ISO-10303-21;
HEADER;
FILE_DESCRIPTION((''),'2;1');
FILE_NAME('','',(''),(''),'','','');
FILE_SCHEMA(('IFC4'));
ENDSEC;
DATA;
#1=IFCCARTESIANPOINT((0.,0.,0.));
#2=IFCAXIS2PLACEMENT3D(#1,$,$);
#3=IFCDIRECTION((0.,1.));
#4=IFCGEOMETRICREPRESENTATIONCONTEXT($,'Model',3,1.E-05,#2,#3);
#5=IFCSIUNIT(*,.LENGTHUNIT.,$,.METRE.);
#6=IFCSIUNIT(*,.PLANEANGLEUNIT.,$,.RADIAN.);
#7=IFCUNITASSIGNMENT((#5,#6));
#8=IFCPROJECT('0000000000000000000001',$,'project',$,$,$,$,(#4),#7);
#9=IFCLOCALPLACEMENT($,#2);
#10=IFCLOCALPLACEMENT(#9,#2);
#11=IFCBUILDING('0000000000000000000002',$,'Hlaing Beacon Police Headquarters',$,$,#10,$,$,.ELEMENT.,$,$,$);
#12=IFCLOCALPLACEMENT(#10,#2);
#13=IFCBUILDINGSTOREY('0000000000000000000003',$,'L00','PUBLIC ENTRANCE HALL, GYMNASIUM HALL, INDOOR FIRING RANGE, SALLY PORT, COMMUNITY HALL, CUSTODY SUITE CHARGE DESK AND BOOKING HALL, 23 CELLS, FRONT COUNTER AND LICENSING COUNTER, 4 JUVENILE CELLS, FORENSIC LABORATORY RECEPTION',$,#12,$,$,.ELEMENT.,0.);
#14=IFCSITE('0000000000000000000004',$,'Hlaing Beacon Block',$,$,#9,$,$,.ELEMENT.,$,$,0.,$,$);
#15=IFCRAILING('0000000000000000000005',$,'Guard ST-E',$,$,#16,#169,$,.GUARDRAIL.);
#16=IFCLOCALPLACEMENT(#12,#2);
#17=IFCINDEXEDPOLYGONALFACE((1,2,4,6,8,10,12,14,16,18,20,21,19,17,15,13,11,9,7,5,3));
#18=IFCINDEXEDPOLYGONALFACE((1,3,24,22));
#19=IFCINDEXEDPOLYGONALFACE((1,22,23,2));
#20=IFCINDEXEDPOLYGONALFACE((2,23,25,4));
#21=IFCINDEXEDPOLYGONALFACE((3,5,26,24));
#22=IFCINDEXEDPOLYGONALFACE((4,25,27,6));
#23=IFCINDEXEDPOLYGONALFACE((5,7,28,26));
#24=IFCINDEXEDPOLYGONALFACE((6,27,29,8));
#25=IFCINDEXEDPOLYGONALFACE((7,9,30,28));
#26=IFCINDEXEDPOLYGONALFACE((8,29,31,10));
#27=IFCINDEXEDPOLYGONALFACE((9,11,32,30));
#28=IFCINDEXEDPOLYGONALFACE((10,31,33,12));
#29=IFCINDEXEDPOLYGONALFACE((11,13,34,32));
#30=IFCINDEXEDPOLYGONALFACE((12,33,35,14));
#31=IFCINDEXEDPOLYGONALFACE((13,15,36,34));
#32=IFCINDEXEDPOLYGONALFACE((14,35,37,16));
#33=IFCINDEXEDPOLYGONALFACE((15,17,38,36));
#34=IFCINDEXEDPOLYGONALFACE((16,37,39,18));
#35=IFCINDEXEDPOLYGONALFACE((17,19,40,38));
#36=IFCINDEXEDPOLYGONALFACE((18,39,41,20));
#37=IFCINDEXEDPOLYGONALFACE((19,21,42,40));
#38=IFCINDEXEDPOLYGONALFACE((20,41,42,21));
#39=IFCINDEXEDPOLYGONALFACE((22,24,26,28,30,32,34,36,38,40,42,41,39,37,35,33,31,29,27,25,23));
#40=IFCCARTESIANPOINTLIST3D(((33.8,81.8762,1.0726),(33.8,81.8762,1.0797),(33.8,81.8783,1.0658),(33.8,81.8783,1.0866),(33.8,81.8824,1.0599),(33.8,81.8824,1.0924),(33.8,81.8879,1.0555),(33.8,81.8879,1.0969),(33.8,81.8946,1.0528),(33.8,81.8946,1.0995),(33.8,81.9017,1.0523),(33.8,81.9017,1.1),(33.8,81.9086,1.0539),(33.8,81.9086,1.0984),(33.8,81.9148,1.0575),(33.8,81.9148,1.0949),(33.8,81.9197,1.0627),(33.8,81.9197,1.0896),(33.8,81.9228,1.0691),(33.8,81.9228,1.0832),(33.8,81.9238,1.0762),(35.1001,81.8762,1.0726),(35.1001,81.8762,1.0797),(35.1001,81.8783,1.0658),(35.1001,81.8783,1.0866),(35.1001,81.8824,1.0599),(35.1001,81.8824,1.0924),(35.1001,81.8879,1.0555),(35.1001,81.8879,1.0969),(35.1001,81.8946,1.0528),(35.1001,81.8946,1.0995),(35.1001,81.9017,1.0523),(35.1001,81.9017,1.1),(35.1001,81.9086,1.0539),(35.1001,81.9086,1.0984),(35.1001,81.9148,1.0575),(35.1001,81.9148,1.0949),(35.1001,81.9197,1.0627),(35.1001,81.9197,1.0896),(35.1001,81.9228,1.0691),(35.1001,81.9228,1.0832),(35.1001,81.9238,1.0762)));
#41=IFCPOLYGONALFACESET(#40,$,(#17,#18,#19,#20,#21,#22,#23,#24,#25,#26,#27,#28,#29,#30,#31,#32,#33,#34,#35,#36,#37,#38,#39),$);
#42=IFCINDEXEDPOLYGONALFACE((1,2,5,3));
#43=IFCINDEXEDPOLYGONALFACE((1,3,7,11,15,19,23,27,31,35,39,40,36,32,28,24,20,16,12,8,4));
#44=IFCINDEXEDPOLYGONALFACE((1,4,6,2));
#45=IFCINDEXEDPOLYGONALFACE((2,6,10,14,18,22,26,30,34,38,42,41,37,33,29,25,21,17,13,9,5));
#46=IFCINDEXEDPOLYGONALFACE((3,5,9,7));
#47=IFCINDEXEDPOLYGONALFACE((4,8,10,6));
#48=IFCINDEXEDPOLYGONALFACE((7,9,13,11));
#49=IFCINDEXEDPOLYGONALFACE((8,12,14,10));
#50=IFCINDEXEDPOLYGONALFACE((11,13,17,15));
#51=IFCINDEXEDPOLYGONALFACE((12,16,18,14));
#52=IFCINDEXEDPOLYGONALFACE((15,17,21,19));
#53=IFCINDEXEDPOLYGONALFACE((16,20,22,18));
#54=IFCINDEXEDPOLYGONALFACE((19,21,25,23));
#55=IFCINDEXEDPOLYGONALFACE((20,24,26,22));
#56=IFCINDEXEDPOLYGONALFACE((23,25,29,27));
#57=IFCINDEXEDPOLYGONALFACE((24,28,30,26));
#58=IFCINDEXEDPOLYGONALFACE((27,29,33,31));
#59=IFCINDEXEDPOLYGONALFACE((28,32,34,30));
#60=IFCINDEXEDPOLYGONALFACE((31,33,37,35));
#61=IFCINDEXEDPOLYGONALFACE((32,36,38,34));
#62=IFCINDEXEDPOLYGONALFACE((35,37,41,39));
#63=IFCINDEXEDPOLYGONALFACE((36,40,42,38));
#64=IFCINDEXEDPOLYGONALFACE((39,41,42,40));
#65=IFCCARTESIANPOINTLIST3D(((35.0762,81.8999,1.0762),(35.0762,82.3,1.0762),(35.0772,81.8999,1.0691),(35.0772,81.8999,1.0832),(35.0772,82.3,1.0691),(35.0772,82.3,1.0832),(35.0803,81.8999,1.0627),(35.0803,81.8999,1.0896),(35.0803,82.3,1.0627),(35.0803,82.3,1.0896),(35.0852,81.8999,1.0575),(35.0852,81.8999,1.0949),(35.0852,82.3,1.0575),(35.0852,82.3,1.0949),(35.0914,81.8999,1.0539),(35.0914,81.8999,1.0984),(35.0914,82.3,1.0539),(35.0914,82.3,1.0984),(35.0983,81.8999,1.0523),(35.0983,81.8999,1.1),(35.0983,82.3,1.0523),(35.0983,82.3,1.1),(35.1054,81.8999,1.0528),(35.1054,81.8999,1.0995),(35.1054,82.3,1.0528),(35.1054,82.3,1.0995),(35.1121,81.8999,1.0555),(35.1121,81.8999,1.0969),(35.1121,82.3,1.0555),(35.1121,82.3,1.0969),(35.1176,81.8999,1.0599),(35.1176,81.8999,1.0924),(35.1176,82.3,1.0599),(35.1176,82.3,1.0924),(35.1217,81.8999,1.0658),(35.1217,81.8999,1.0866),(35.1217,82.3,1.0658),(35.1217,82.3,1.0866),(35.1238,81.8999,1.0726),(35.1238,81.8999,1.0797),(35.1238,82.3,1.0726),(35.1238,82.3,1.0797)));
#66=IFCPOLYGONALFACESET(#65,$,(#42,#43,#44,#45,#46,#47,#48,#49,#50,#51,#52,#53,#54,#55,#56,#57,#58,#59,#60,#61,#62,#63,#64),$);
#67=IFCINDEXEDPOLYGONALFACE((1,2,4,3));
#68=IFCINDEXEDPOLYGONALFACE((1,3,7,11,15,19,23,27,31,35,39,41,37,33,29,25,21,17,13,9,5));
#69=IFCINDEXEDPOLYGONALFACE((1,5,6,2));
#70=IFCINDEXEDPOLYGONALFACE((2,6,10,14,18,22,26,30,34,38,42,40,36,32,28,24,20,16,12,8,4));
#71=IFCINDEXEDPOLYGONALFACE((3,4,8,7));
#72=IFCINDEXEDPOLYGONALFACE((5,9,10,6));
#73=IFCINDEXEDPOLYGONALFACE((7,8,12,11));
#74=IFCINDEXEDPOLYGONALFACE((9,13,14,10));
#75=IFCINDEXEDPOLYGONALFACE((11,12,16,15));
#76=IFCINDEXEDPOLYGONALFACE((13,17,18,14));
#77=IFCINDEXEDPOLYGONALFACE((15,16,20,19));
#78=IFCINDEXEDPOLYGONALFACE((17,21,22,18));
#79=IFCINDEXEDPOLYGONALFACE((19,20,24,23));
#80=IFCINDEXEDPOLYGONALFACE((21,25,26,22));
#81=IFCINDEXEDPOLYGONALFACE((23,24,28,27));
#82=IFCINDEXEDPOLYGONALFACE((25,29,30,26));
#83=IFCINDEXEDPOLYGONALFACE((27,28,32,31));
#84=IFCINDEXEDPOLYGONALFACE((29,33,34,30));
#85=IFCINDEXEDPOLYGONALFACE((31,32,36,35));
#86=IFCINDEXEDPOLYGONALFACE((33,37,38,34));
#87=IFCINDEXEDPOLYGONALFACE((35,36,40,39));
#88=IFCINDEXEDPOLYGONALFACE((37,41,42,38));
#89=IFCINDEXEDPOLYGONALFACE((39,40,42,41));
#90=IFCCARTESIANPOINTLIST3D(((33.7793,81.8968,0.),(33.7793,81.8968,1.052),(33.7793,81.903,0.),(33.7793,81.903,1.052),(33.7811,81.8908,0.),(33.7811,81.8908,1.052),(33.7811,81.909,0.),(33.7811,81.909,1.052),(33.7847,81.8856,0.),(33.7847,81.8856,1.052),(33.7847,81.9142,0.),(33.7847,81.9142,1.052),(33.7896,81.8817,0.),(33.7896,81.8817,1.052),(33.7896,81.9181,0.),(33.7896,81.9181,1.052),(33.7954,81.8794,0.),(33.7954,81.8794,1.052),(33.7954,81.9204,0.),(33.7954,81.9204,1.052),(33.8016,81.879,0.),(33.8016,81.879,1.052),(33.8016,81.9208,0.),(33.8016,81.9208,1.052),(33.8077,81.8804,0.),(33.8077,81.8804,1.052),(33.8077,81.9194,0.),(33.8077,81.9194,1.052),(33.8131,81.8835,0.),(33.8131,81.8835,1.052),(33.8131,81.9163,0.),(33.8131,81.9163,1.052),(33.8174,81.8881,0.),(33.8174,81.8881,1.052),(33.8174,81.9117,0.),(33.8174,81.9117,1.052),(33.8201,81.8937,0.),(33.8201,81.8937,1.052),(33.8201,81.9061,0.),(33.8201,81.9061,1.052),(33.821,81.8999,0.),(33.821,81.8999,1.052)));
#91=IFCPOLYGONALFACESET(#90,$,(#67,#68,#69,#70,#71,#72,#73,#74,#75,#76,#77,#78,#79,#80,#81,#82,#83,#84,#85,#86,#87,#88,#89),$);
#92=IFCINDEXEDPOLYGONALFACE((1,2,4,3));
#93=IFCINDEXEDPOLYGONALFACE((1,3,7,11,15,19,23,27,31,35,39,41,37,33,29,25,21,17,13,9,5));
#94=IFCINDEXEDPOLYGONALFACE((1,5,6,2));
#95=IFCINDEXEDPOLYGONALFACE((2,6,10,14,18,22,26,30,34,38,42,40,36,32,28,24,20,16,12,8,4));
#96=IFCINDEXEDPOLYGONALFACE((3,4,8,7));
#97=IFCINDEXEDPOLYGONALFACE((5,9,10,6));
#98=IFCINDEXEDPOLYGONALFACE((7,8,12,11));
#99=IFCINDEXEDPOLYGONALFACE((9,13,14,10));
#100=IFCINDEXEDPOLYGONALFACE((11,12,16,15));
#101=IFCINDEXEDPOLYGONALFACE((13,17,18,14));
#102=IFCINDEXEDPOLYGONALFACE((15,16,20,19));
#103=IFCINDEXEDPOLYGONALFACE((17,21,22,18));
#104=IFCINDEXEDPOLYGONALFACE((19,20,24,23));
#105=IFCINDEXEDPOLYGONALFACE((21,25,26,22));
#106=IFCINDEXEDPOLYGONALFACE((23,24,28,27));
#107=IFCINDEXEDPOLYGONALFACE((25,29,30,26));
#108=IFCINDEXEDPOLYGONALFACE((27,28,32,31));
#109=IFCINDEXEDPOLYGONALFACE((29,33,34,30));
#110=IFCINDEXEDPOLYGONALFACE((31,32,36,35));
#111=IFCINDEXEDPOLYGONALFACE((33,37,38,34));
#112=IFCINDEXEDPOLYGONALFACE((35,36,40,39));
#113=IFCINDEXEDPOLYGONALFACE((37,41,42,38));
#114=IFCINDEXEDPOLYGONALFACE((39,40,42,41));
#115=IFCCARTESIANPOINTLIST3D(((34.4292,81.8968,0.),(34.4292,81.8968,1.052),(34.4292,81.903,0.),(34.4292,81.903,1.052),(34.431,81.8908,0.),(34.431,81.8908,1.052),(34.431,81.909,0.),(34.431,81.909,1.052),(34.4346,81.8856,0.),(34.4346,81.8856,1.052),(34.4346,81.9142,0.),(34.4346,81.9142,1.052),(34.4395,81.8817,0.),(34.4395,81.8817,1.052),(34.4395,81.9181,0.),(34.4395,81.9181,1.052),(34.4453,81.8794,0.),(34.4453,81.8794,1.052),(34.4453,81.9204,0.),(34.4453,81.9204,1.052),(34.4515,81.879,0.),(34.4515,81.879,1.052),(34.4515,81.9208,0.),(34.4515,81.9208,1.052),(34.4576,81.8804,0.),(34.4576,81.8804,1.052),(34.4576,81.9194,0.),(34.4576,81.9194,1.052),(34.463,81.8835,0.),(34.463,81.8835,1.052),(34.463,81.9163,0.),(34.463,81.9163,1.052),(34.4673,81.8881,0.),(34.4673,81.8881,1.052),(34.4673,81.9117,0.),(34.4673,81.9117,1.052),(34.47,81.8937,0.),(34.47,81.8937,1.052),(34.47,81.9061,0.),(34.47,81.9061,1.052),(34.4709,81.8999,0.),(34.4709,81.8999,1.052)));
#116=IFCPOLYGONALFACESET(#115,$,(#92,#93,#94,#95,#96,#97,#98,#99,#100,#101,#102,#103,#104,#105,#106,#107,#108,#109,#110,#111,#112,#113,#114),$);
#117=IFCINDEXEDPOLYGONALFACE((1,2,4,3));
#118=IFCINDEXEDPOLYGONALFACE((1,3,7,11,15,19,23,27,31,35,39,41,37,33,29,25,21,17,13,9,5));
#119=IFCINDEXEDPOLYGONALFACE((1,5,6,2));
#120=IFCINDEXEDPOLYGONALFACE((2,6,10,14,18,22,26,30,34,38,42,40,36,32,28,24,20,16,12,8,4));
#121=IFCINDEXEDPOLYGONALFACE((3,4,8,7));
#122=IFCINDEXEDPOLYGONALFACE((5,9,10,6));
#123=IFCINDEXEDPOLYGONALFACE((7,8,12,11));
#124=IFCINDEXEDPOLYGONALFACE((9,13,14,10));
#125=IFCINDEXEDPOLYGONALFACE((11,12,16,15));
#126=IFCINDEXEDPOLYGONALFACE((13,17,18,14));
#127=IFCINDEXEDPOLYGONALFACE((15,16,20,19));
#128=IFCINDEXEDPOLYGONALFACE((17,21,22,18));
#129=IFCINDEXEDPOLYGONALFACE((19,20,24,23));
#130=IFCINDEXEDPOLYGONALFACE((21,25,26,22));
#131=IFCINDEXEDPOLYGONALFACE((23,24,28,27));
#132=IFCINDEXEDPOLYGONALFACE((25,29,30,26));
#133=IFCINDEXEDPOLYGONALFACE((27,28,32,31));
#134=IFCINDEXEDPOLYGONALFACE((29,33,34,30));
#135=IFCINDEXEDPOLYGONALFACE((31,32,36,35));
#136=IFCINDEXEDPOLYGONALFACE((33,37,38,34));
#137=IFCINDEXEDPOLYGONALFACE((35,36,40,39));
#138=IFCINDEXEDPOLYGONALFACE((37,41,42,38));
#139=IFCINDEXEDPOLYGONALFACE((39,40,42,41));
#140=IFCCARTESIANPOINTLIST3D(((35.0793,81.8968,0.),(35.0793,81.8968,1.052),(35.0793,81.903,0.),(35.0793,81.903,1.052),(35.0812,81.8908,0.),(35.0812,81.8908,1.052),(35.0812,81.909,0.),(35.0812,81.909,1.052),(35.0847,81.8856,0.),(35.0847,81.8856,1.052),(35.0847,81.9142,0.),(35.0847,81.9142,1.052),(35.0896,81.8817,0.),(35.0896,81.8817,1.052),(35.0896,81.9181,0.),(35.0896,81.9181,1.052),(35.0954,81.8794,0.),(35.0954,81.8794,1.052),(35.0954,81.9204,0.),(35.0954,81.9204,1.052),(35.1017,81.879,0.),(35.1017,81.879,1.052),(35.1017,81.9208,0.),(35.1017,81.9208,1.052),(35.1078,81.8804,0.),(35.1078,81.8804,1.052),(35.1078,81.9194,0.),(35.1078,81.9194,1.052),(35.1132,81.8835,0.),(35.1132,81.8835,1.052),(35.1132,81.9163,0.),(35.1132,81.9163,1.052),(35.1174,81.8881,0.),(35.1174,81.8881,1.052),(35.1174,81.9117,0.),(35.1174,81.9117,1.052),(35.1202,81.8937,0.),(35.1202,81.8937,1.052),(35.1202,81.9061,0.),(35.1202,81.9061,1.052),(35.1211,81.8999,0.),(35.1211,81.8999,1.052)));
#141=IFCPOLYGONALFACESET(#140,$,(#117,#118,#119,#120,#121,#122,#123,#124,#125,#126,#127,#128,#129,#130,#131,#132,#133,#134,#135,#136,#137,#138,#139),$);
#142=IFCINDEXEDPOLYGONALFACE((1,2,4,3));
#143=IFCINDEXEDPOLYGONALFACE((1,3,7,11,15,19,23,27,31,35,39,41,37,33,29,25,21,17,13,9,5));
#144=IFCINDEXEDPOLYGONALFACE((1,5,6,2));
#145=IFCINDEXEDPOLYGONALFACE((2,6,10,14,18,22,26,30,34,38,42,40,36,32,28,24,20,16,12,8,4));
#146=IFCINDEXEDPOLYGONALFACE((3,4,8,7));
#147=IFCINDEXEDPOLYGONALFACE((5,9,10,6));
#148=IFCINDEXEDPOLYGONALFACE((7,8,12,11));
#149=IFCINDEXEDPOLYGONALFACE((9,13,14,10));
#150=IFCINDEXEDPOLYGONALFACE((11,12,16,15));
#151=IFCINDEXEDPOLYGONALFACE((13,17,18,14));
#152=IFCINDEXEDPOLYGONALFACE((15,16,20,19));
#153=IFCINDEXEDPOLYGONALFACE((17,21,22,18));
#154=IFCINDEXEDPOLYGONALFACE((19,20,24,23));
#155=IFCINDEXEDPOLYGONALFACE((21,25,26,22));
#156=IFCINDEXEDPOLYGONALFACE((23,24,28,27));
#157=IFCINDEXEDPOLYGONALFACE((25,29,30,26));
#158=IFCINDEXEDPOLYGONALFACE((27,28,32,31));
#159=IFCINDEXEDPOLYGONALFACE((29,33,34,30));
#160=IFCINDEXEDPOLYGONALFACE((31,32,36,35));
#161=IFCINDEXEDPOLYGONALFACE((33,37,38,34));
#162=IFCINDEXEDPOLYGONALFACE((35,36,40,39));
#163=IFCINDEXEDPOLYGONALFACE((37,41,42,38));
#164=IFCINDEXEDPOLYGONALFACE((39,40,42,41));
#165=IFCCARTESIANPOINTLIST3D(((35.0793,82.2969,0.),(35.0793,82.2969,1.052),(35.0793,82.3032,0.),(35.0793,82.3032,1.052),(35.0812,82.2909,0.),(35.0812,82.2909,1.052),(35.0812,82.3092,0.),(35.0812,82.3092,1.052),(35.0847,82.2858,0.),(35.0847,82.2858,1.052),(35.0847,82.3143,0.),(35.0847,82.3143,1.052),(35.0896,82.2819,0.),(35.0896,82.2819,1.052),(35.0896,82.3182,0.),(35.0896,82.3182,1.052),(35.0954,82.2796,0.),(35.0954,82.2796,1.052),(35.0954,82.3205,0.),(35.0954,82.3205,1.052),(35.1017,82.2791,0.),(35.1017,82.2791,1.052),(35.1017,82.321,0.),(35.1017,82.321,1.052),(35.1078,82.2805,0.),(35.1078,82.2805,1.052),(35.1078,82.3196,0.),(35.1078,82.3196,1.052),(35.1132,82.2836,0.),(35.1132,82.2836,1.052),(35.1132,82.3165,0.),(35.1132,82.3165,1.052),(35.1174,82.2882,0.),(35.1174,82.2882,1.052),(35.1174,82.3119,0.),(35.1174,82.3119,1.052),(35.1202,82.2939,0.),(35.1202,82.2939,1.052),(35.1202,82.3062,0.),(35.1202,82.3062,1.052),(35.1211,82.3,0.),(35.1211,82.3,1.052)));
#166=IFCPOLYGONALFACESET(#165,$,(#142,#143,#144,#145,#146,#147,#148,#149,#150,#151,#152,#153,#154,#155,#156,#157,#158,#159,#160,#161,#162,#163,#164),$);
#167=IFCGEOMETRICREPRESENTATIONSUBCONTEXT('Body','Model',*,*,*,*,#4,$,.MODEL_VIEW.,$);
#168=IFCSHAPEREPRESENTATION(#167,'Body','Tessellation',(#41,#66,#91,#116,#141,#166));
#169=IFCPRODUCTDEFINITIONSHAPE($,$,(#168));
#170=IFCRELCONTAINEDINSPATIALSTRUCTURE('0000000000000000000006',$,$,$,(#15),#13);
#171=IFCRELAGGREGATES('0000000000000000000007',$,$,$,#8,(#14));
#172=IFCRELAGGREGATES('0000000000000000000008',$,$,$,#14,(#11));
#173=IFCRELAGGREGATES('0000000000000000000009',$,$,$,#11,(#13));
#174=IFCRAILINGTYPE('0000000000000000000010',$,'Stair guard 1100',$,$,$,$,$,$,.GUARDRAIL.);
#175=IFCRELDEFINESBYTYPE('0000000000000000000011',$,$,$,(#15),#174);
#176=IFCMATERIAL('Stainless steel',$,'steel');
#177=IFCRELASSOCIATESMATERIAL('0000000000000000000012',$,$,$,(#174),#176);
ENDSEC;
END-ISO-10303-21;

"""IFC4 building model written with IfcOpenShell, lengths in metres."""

from ifc_helpers import new_model, si_unit, direction, frame, origin, origin_2d, place, context, subcontext, project, spatial, circle, extrude, material, type_object, element, save


model = new_model("IFC4")

# Units and contexts
model_context = context("Model", 3, precision=1e-05, world=origin(), true_north=direction((0.0, 1.0)))
body_context = subcontext(model_context, "Body", "Model", "MODEL_VIEW")
ifc_project = project(units=[si_unit("LENGTHUNIT", "METRE"), si_unit("PLANEANGLEUNIT", "RADIAN")], contexts=[model_context])

# Site, building, storey
site_placement = place(None, origin())
site = spatial("IfcSite", under=ifc_project, at=site_placement, Name="Hlaing Beacon Block", CompositionType="ELEMENT", RefElevation=0.0)
building_placement = place(site_placement, origin())
building = spatial("IfcBuilding", under=site, at=building_placement, Name="Hlaing Beacon Police Headquarters", CompositionType="ELEMENT")
storey_placement = place(building_placement, origin())
storey = spatial("IfcBuildingStorey", under=building, at=storey_placement, Name="L00", Description="PUBLIC ENTRANCE HALL, GYMNASIUM HALL, INDOOR FIRING RANGE, SALLY PORT, COMMUNITY HALL, CUSTODY SUITE CHARGE DESK AND BOOKING HALL, 23 CELLS, FRONT COUNTER AND LICENSING COUNTER, 4 JUVENILE CELLS, FORENSIC LABORATORY RECEPTION", CompositionType="ELEMENT", Elevation=0.0)

# Railing
ifc_material_1 = material(Name="Stainless steel", Category="steel")
railing_type_1 = type_object("IfcRailingType", Name="Stair guard 1100", PredefinedType="GUARDRAIL", material=ifc_material_1)
railing_placement = place(storey_placement, frame((33.8, 81.8999, 0.0)))
element("IfcRailing", 1, at=railing_placement, inside=storey, type_object=railing_type_1, Name="Guard ST-E", PredefinedType="GUARDRAIL", context=body_context, shape_type="SweptSolid", body=[
    extrude(circle(Radius=0.0239, at=origin_2d()), frame((0.0, 0.0, 1.0762), z_axis=(1.0, 0.0, 0.0), x_axis=(0.0, 1.0, 0.0)), (0.0, 0.0, 1.0), 1.3),
    extrude(circle(Radius=0.0239, at=origin_2d()), frame((1.3, 0.0, 1.0762), z_axis=(0.0, 1.0, 0.0), x_axis=(-1.0, 0.0, 0.0)), (0.0, 0.0, 1.0), 0.4001),
    extrude(circle(Radius=0.021, at=origin_2d()), origin(), (0.0, 0.0, 1.0), 1.052),
    extrude(circle(Radius=0.021, at=origin_2d()), frame((0.6499, 0.0, 0.0)), (0.0, 0.0, 1.0), 1.052),
    extrude(circle(Radius=0.021, at=origin_2d()), frame((1.3, 0.0, 0.0)), (0.0, 0.0, 1.0), 1.052),
    extrude(circle(Radius=0.021, at=origin_2d()), frame((1.3, 0.4001, 0.0)), (0.0, 0.0, 1.0), 1.052),
])

save(model, "model.ifc")
